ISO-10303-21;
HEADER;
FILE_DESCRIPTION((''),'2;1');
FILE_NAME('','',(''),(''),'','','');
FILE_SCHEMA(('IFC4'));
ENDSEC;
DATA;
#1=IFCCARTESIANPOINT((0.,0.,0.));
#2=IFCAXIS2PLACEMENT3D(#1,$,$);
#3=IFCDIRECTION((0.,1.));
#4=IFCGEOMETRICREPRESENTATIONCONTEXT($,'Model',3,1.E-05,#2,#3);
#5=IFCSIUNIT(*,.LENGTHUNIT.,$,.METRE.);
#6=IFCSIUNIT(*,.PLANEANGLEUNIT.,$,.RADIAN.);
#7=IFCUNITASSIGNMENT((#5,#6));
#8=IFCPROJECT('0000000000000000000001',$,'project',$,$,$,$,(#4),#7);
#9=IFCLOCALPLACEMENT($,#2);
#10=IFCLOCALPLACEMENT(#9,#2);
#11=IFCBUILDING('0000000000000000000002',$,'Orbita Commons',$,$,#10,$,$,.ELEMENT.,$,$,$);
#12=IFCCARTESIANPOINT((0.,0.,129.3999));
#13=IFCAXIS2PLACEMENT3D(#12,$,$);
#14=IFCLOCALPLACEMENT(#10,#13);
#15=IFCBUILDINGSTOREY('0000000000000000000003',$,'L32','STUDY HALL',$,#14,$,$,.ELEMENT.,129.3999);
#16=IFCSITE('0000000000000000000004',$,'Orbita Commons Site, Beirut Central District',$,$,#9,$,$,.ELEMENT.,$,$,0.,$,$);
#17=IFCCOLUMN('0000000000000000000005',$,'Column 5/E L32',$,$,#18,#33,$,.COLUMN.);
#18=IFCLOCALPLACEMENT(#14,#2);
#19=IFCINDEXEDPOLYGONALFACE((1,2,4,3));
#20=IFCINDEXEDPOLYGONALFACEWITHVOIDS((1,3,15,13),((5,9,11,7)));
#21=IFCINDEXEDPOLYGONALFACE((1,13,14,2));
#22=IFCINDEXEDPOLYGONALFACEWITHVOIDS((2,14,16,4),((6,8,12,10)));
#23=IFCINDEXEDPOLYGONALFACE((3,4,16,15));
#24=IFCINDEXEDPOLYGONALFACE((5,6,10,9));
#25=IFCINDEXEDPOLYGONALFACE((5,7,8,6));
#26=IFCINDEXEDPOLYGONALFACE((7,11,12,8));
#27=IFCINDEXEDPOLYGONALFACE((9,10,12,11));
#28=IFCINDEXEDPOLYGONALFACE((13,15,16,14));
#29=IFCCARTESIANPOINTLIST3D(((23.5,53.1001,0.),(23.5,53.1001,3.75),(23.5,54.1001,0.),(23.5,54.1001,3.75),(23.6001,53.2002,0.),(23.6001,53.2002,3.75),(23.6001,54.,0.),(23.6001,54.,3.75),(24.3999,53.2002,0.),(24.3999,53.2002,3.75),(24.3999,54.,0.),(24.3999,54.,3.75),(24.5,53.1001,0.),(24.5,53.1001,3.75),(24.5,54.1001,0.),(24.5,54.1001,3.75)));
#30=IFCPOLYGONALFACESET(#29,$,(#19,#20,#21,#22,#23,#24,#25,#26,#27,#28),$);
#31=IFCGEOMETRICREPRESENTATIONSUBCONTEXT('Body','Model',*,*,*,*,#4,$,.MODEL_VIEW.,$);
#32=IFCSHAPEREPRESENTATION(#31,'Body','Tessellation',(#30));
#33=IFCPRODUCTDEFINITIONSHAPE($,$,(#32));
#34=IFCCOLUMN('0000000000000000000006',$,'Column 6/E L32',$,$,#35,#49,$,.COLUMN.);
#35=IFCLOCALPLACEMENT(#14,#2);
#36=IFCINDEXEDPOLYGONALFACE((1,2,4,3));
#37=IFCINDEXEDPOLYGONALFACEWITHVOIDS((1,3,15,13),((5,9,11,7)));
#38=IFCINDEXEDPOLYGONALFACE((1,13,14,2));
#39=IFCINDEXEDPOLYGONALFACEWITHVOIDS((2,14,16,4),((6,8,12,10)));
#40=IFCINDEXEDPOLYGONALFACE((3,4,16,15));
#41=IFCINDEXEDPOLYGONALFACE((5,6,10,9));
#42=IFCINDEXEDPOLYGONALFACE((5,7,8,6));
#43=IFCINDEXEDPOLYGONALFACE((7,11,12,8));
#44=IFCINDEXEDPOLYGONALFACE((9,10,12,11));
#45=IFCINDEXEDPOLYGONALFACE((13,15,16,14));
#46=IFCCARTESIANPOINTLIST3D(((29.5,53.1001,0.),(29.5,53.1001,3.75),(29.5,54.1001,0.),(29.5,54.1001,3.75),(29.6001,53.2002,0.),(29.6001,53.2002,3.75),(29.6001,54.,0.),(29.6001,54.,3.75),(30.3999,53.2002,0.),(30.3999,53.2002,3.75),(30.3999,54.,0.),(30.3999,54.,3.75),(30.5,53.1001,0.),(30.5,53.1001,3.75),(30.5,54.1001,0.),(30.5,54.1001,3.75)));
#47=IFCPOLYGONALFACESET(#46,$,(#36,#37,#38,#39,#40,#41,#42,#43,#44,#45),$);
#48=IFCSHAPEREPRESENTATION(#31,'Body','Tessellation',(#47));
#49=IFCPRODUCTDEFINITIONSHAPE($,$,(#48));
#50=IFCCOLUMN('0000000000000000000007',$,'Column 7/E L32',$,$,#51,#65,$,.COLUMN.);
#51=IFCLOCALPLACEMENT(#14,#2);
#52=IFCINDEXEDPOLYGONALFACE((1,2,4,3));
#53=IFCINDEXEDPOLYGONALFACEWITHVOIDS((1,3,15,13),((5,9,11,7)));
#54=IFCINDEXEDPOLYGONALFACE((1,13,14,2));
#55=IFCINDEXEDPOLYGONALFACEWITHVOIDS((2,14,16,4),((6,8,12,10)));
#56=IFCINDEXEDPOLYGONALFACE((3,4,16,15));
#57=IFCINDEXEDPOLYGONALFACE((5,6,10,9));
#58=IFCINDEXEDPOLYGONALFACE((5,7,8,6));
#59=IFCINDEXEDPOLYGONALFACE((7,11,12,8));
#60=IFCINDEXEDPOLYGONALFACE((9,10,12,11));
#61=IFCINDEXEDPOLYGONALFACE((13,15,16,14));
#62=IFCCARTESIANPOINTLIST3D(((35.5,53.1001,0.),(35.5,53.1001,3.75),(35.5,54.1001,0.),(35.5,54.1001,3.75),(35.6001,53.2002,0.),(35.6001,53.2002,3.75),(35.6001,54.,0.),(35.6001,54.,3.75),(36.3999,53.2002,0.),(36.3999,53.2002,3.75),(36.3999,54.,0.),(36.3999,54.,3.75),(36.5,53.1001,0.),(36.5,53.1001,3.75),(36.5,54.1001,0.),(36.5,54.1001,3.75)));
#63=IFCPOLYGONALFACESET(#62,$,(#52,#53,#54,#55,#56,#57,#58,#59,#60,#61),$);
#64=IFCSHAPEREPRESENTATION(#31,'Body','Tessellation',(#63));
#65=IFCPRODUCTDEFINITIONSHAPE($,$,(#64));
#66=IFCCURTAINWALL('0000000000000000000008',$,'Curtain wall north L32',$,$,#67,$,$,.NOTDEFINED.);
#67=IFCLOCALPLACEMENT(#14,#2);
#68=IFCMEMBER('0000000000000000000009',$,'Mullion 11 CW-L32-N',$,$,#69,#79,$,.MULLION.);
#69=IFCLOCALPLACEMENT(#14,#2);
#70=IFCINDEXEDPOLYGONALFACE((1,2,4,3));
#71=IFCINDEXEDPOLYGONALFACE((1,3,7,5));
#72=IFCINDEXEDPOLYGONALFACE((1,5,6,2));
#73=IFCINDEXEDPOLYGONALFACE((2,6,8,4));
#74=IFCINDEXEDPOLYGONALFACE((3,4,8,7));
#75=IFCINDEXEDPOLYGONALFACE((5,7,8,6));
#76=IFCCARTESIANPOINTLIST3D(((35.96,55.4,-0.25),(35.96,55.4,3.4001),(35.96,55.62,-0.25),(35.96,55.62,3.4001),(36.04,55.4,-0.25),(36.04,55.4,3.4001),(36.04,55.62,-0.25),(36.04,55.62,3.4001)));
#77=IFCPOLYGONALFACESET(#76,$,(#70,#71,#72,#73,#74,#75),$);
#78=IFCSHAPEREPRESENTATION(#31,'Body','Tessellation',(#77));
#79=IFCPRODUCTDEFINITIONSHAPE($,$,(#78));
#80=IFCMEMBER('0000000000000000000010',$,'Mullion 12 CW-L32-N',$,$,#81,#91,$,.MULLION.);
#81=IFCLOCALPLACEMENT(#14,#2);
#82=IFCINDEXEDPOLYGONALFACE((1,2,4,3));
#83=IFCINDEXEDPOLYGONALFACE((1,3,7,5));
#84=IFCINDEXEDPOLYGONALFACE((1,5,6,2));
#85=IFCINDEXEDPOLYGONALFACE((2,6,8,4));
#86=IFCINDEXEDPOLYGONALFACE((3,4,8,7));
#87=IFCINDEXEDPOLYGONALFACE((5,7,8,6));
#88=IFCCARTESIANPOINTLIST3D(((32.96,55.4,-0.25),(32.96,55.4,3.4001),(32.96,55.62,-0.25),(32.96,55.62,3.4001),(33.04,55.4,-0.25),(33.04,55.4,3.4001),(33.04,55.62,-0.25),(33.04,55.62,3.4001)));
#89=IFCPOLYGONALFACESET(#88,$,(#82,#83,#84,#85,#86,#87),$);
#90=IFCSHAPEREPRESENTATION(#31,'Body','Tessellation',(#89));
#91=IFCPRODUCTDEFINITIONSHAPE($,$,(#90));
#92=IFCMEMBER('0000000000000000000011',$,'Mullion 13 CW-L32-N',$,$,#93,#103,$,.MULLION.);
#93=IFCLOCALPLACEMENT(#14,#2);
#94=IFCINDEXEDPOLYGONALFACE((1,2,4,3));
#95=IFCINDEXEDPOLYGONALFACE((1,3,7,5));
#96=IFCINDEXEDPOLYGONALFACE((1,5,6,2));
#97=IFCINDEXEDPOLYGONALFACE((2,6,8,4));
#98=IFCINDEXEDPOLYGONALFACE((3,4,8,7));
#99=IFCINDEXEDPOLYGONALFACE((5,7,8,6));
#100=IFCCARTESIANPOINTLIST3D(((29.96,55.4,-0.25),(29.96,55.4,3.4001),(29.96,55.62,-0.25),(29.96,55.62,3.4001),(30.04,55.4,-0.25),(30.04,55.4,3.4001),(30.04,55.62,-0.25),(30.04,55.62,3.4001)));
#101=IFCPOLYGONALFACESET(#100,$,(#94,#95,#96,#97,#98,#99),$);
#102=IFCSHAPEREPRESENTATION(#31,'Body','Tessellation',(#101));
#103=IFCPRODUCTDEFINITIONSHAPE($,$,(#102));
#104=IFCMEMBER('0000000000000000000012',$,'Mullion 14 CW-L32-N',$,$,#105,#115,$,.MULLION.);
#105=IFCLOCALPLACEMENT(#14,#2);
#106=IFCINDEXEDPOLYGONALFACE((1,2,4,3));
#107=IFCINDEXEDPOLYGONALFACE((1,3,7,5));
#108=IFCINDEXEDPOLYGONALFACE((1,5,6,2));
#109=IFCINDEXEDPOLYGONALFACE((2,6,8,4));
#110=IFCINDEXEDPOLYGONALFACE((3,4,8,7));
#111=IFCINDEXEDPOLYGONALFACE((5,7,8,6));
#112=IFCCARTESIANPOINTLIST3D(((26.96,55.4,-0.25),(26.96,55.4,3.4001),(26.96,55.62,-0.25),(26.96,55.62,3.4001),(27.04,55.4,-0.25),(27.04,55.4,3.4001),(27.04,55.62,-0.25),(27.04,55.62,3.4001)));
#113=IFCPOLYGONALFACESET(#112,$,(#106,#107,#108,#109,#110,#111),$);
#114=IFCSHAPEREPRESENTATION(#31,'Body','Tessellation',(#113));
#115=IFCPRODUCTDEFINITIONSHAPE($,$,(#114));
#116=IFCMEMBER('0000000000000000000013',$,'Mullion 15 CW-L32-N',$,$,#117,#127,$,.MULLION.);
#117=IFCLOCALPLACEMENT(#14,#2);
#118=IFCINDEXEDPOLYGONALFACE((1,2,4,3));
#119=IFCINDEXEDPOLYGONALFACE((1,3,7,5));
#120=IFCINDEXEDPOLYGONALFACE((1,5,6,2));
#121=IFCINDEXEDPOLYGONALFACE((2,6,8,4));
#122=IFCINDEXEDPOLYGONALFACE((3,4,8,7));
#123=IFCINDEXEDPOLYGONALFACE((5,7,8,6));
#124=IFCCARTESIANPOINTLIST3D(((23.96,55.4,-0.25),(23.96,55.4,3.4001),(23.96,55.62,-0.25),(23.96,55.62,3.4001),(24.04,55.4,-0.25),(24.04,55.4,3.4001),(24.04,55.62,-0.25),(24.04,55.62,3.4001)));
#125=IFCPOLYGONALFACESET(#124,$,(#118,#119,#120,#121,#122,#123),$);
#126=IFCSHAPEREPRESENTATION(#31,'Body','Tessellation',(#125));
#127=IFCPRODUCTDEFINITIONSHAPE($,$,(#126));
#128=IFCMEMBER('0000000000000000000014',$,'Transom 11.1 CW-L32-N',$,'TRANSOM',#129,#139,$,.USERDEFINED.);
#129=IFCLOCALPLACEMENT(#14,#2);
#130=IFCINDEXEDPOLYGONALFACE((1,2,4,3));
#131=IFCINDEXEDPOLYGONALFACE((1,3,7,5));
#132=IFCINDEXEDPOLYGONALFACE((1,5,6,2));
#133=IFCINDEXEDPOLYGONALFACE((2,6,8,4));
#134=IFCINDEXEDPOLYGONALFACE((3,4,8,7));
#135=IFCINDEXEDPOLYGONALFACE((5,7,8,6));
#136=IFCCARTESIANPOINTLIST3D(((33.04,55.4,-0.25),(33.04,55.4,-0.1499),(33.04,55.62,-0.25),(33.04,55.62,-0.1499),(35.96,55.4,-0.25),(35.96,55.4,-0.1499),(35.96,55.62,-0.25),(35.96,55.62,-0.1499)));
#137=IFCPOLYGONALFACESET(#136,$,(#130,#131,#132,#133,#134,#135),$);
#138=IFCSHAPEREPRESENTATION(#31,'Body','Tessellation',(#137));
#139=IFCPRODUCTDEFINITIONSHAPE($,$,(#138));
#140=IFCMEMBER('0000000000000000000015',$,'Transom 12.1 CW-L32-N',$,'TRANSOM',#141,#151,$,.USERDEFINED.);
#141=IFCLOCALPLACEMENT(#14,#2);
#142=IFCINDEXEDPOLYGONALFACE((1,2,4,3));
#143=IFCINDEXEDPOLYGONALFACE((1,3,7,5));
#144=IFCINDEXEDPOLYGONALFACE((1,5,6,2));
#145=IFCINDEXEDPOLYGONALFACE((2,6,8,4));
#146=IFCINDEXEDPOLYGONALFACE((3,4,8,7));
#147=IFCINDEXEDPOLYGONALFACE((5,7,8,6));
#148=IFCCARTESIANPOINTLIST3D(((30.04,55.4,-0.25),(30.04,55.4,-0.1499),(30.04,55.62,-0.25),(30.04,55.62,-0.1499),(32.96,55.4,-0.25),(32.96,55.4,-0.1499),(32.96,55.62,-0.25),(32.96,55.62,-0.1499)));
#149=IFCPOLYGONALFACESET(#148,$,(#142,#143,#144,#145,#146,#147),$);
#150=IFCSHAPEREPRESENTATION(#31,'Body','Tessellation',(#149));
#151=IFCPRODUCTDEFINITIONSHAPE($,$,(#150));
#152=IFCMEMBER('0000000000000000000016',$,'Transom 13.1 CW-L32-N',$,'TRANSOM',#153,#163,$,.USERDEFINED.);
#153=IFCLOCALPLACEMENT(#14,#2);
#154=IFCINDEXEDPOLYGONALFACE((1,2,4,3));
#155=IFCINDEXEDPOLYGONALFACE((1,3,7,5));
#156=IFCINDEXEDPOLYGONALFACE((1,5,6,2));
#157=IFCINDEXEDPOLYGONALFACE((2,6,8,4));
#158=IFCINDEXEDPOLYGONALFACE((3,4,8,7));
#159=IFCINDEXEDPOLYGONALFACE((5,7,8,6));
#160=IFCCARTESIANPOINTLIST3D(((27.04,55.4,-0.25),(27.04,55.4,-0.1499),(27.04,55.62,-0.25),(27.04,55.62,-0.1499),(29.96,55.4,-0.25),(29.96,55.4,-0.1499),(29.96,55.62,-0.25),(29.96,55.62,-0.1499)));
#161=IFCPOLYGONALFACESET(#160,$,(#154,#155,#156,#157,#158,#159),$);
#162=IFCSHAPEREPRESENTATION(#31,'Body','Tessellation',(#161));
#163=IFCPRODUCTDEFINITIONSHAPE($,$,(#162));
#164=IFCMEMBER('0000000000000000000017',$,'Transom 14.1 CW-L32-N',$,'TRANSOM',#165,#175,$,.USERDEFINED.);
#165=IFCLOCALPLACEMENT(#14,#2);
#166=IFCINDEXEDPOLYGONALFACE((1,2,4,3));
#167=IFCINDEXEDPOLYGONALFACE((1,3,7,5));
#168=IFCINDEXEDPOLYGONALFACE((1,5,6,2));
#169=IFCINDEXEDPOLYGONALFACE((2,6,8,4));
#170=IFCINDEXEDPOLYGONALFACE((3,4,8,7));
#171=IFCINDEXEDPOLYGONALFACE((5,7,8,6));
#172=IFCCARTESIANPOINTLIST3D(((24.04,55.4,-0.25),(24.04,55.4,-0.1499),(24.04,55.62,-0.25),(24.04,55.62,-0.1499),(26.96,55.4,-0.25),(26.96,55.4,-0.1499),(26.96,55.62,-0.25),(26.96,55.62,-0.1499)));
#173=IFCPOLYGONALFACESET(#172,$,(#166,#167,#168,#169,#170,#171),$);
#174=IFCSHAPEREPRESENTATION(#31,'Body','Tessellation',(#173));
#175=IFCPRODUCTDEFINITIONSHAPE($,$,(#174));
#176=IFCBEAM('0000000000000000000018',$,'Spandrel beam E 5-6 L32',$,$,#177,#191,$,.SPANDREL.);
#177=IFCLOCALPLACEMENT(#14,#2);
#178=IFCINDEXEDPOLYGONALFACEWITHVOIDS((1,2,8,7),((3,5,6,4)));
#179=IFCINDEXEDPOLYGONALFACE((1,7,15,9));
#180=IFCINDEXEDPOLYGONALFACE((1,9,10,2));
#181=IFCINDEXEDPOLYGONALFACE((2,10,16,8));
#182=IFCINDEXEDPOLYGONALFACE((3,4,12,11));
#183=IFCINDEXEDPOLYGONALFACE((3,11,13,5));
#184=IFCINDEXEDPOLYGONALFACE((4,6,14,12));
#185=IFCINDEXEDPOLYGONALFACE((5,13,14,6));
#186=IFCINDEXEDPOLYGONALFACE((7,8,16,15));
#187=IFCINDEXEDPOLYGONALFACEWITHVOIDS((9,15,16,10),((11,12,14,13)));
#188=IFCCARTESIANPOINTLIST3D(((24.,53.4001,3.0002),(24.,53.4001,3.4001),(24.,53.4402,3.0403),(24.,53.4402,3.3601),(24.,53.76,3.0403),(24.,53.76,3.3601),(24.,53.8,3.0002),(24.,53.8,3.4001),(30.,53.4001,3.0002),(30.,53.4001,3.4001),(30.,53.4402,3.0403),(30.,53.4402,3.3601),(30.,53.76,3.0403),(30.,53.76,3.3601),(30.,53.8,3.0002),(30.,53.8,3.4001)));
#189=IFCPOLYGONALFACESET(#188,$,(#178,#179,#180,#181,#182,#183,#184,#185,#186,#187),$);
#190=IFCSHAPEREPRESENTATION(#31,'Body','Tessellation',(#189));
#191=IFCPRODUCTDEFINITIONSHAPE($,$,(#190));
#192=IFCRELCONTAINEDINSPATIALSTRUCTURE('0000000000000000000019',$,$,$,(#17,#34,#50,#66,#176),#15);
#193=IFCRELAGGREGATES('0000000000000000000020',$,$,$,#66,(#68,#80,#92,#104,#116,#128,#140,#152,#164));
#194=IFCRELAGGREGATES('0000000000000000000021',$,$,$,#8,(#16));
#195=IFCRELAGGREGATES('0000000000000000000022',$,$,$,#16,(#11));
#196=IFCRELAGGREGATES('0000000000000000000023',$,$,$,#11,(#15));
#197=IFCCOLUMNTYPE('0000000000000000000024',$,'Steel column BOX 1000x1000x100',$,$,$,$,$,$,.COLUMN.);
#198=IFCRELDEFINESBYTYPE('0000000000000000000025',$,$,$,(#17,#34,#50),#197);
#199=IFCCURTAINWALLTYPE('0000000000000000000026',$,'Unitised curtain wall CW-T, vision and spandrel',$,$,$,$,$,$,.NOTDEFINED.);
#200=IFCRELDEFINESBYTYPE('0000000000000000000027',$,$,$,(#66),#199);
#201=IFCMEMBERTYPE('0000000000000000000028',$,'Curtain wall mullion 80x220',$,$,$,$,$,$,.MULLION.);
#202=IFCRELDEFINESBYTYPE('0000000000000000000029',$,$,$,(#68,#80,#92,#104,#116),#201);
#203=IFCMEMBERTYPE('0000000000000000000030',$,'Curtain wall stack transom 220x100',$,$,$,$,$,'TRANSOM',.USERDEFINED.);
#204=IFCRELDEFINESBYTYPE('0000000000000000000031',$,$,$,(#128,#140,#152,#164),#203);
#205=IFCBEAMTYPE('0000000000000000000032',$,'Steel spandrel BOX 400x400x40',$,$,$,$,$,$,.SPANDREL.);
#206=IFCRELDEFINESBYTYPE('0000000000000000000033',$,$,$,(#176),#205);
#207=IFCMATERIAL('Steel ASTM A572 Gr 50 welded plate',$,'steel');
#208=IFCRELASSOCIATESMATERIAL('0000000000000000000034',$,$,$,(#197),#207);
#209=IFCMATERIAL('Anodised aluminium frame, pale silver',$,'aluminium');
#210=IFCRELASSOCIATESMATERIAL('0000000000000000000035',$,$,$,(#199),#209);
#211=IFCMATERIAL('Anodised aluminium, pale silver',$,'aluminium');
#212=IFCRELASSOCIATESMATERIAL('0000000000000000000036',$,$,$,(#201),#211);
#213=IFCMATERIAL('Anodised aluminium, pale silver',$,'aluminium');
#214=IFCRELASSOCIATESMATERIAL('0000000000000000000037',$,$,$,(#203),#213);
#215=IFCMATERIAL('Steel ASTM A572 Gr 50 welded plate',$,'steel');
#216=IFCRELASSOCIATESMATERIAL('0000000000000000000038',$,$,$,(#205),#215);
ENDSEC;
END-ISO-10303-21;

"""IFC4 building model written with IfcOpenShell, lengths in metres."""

from ifc_helpers import new_model, si_unit, direction, frame, origin, origin_2d, place, context, subcontext, project, spatial, rectangle, hollow_rectangle, extrude, material, material_profile, profile_set, type_object, element, aggregate, save


model = new_model("IFC4")

# Units and contexts
model_context = context("Model", 3, precision=1e-05, world=origin(), true_north=direction((0.0, 1.0)))
body_context = subcontext(model_context, "Body", "Model", "MODEL_VIEW")
ifc_project = project(units=[si_unit("LENGTHUNIT", "METRE"), si_unit("PLANEANGLEUNIT", "RADIAN")], contexts=[model_context])

# Site, building, storey
site_placement = place(None, origin())
site = spatial("IfcSite", under=ifc_project, at=site_placement, Name="Orbita Commons Site, Beirut Central District", CompositionType="ELEMENT", RefElevation=0.0)
building_placement = place(site_placement, origin())
building = spatial("IfcBuilding", under=site, at=building_placement, Name="Orbita Commons", CompositionType="ELEMENT")
storey_placement = place(building_placement, frame((0.0, 0.0, 129.3999)))
storey = spatial("IfcBuildingStorey", under=building, at=storey_placement, Name="L32", Description="STUDY HALL", CompositionType="ELEMENT", Elevation=129.3999)

# Columns
ifc_material_1 = material(Name="Steel ASTM A572 Gr 50 welded plate", Category="steel")
ifc_material_profile_1 = material_profile(ifc_material_1, hollow_rectangle(XDim=1.0, YDim=1.0, WallThickness=0.1001, at=origin_2d()), Name="BOX 1000x1000x100")
ifc_profile_set_1 = profile_set([ifc_material_profile_1], Name="Steel ASTM A572 Gr 50 welded plate")
column_type = type_object("IfcColumnType", Name="Steel column BOX 1000x1000x100", PredefinedType="COLUMN", material=ifc_profile_set_1)
for number, where, z_axis, x_axis, name in (
    (1, (24.0, 53.6001, 0.0), (0.0, 0.0, 1.0), (1.0, 0.0, 0.0), "Column 5/E L32"),
    (2, (30.0, 53.6001, 0.0), (0.0, 0.0, 1.0), (1.0, 0.0, 0.0), "Column 6/E L32"),
    (3, (36.0, 53.6001, 0.0), (0.0, 0.0, 1.0), (1.0, 0.0, 0.0), "Column 7/E L32"),
):
    element("IfcColumn", number, at=place(storey_placement, frame(where, z_axis=z_axis, x_axis=x_axis)), inside=storey, type_object=column_type, Name=name, PredefinedType="COLUMN", context=body_context, shape_type="SweptSolid", body=[
        extrude(hollow_rectangle(XDim=1.0, YDim=1.0, WallThickness=0.1001, at=origin_2d()), origin(), (0.0, 0.0, 1.0), 3.75),
    ])

# Curtain wall, members
ifc_material_2 = material(Name="Anodised aluminium frame, pale silver", Category="aluminium")
curtain_wall_type = type_object("IfcCurtainWallType", Name="Unitised curtain wall CW-T, vision and spandrel", PredefinedType="NOTDEFINED", material=ifc_material_2)
curtain_wall_placement = place(storey_placement, origin())
curtain_wall = element("IfcCurtainWall", 4, at=curtain_wall_placement, inside=storey, type_object=curtain_wall_type, Name="Curtain wall north L32", PredefinedType="NOTDEFINED")
ifc_material_3 = material(Name="Anodised aluminium, pale silver", Category="aluminium")
ifc_material_profile_2 = material_profile(ifc_material_3, rectangle(XDim=0.0801, YDim=0.22, at=origin_2d()), Name="AL 80x220")
ifc_profile_set_2 = profile_set([ifc_material_profile_2], Name="Anodised aluminium, pale silver")
member_type_1 = type_object("IfcMemberType", Name="Curtain wall mullion 80x220", PredefinedType="MULLION", material=ifc_profile_set_2)
member_1_placement = place(storey_placement, frame((36.0, 55.51, -0.25), z_axis=(0.0, 0.0, 1.0), x_axis=(-1.0, 0.0, 0.0)))
member_1 = element("IfcMember", 5, at=member_1_placement, type_object=member_type_1, Name="Mullion 11 CW-L32-N", PredefinedType="MULLION", context=body_context, shape_type="SweptSolid", body=[
    extrude(rectangle(XDim=0.0801, YDim=0.22, at=origin_2d()), origin(), (0.0, 0.0, 1.0), 3.6501),
])
member_2_placement = place(storey_placement, frame((33.0, 55.51, -0.25), z_axis=(0.0, 0.0, 1.0), x_axis=(-1.0, 0.0, 0.0)))
member_2 = element("IfcMember", 6, at=member_2_placement, type_object=member_type_1, Name="Mullion 12 CW-L32-N", PredefinedType="MULLION", context=body_context, shape_type="SweptSolid", body=[
    extrude(rectangle(XDim=0.0801, YDim=0.22, at=origin_2d()), origin(), (0.0, 0.0, 1.0), 3.6501),
])
member_3_placement = place(storey_placement, frame((30.0, 55.51, -0.25), z_axis=(0.0, 0.0, 1.0), x_axis=(-1.0, 0.0, 0.0)))
member_3 = element("IfcMember", 7, at=member_3_placement, type_object=member_type_1, Name="Mullion 13 CW-L32-N", PredefinedType="MULLION", context=body_context, shape_type="SweptSolid", body=[
    extrude(rectangle(XDim=0.0801, YDim=0.22, at=origin_2d()), origin(), (0.0, 0.0, 1.0), 3.6501),
])
member_4_placement = place(storey_placement, frame((27.0, 55.51, -0.25), z_axis=(0.0, 0.0, 1.0), x_axis=(-1.0, 0.0, 0.0)))
member_4 = element("IfcMember", 8, at=member_4_placement, type_object=member_type_1, Name="Mullion 14 CW-L32-N", PredefinedType="MULLION", context=body_context, shape_type="SweptSolid", body=[
    extrude(rectangle(XDim=0.0801, YDim=0.22, at=origin_2d()), origin(), (0.0, 0.0, 1.0), 3.6501),
])
member_5_placement = place(storey_placement, frame((24.0, 55.51, -0.25), z_axis=(0.0, 0.0, 1.0), x_axis=(-1.0, 0.0, 0.0)))
member_5 = element("IfcMember", 9, at=member_5_placement, type_object=member_type_1, Name="Mullion 15 CW-L32-N", PredefinedType="MULLION", context=body_context, shape_type="SweptSolid", body=[
    extrude(rectangle(XDim=0.0801, YDim=0.22, at=origin_2d()), origin(), (0.0, 0.0, 1.0), 3.6501),
])
ifc_material_4 = material(Name="Anodised aluminium, pale silver", Category="aluminium")
ifc_material_profile_3 = material_profile(ifc_material_4, rectangle(XDim=0.22, YDim=0.1001, at=origin_2d()), Name="AL 220x100")
ifc_profile_set_3 = profile_set([ifc_material_profile_3], Name="Anodised aluminium, pale silver")
member_type_2 = type_object("IfcMemberType", Name="Curtain wall stack transom 220x100", ElementType="TRANSOM", PredefinedType="USERDEFINED", material=ifc_profile_set_3)
member_6_placement = place(storey_placement, frame((35.96, 55.51, -0.2), z_axis=(-1.0, 0.0, 0.0), x_axis=(0.0, -1.0, 0.0)))
member_6 = element("IfcMember", 10, at=member_6_placement, type_object=member_type_2, Name="Transom 11.1 CW-L32-N", ObjectType="TRANSOM", PredefinedType="USERDEFINED", context=body_context, shape_type="SweptSolid", body=[
    extrude(rectangle(XDim=0.22, YDim=0.1001, at=origin_2d()), origin(), (0.0, 0.0, 1.0), 2.9199),
])
member_7_placement = place(storey_placement, frame((32.96, 55.51, -0.2), z_axis=(-1.0, 0.0, 0.0), x_axis=(0.0, -1.0, 0.0)))
member_7 = element("IfcMember", 11, at=member_7_placement, type_object=member_type_2, Name="Transom 12.1 CW-L32-N", ObjectType="TRANSOM", PredefinedType="USERDEFINED", context=body_context, shape_type="SweptSolid", body=[
    extrude(rectangle(XDim=0.22, YDim=0.1001, at=origin_2d()), origin(), (0.0, 0.0, 1.0), 2.9199),
])
member_8_placement = place(storey_placement, frame((29.96, 55.51, -0.2), z_axis=(-1.0, 0.0, 0.0), x_axis=(0.0, -1.0, 0.0)))
member_8 = element("IfcMember", 12, at=member_8_placement, type_object=member_type_2, Name="Transom 13.1 CW-L32-N", ObjectType="TRANSOM", PredefinedType="USERDEFINED", context=body_context, shape_type="SweptSolid", body=[
    extrude(rectangle(XDim=0.22, YDim=0.1001, at=origin_2d()), origin(), (0.0, 0.0, 1.0), 2.9199),
])
member_9_placement = place(storey_placement, frame((26.96, 55.51, -0.2), z_axis=(-1.0, 0.0, 0.0), x_axis=(0.0, -1.0, 0.0)))
member_9 = element("IfcMember", 13, at=member_9_placement, type_object=member_type_2, Name="Transom 14.1 CW-L32-N", ObjectType="TRANSOM", PredefinedType="USERDEFINED", context=body_context, shape_type="SweptSolid", body=[
    extrude(rectangle(XDim=0.22, YDim=0.1001, at=origin_2d()), origin(), (0.0, 0.0, 1.0), 2.9199),
])

# Beam
ifc_material_5 = material(Name="Steel ASTM A572 Gr 50 welded plate", Category="steel")
ifc_material_profile_4 = material_profile(ifc_material_5, hollow_rectangle(XDim=0.3999, YDim=0.3999, WallThickness=0.04, at=origin_2d()), Name="BOX 400x400x40")
ifc_profile_set_4 = profile_set([ifc_material_profile_4], Name="Steel ASTM A572 Gr 50 welded plate")
beam_type = type_object("IfcBeamType", Name="Steel spandrel BOX 400x400x40", PredefinedType="SPANDREL", material=ifc_profile_set_4)
for number, where, z_axis, x_axis, name in (
    (14, (24.0, 53.6001, 3.2002), (1.0, 0.0, 0.0), (0.0, 1.0, 0.0), "Spandrel beam E 5-6 L32"),
):
    element("IfcBeam", number, at=place(storey_placement, frame(where, z_axis=z_axis, x_axis=x_axis)), inside=storey, type_object=beam_type, Name=name, PredefinedType="SPANDREL", context=body_context, shape_type="SweptSolid", body=[
        extrude(hollow_rectangle(XDim=0.3999, YDim=0.3999, WallThickness=0.04, at=origin_2d()), origin(), (0.0, 0.0, 1.0), 6.0),
    ])

aggregate(curtain_wall, [member_1, member_2, member_3, member_4, member_5, member_6, member_7, member_8, member_9])

save(model, "model.ifc")
